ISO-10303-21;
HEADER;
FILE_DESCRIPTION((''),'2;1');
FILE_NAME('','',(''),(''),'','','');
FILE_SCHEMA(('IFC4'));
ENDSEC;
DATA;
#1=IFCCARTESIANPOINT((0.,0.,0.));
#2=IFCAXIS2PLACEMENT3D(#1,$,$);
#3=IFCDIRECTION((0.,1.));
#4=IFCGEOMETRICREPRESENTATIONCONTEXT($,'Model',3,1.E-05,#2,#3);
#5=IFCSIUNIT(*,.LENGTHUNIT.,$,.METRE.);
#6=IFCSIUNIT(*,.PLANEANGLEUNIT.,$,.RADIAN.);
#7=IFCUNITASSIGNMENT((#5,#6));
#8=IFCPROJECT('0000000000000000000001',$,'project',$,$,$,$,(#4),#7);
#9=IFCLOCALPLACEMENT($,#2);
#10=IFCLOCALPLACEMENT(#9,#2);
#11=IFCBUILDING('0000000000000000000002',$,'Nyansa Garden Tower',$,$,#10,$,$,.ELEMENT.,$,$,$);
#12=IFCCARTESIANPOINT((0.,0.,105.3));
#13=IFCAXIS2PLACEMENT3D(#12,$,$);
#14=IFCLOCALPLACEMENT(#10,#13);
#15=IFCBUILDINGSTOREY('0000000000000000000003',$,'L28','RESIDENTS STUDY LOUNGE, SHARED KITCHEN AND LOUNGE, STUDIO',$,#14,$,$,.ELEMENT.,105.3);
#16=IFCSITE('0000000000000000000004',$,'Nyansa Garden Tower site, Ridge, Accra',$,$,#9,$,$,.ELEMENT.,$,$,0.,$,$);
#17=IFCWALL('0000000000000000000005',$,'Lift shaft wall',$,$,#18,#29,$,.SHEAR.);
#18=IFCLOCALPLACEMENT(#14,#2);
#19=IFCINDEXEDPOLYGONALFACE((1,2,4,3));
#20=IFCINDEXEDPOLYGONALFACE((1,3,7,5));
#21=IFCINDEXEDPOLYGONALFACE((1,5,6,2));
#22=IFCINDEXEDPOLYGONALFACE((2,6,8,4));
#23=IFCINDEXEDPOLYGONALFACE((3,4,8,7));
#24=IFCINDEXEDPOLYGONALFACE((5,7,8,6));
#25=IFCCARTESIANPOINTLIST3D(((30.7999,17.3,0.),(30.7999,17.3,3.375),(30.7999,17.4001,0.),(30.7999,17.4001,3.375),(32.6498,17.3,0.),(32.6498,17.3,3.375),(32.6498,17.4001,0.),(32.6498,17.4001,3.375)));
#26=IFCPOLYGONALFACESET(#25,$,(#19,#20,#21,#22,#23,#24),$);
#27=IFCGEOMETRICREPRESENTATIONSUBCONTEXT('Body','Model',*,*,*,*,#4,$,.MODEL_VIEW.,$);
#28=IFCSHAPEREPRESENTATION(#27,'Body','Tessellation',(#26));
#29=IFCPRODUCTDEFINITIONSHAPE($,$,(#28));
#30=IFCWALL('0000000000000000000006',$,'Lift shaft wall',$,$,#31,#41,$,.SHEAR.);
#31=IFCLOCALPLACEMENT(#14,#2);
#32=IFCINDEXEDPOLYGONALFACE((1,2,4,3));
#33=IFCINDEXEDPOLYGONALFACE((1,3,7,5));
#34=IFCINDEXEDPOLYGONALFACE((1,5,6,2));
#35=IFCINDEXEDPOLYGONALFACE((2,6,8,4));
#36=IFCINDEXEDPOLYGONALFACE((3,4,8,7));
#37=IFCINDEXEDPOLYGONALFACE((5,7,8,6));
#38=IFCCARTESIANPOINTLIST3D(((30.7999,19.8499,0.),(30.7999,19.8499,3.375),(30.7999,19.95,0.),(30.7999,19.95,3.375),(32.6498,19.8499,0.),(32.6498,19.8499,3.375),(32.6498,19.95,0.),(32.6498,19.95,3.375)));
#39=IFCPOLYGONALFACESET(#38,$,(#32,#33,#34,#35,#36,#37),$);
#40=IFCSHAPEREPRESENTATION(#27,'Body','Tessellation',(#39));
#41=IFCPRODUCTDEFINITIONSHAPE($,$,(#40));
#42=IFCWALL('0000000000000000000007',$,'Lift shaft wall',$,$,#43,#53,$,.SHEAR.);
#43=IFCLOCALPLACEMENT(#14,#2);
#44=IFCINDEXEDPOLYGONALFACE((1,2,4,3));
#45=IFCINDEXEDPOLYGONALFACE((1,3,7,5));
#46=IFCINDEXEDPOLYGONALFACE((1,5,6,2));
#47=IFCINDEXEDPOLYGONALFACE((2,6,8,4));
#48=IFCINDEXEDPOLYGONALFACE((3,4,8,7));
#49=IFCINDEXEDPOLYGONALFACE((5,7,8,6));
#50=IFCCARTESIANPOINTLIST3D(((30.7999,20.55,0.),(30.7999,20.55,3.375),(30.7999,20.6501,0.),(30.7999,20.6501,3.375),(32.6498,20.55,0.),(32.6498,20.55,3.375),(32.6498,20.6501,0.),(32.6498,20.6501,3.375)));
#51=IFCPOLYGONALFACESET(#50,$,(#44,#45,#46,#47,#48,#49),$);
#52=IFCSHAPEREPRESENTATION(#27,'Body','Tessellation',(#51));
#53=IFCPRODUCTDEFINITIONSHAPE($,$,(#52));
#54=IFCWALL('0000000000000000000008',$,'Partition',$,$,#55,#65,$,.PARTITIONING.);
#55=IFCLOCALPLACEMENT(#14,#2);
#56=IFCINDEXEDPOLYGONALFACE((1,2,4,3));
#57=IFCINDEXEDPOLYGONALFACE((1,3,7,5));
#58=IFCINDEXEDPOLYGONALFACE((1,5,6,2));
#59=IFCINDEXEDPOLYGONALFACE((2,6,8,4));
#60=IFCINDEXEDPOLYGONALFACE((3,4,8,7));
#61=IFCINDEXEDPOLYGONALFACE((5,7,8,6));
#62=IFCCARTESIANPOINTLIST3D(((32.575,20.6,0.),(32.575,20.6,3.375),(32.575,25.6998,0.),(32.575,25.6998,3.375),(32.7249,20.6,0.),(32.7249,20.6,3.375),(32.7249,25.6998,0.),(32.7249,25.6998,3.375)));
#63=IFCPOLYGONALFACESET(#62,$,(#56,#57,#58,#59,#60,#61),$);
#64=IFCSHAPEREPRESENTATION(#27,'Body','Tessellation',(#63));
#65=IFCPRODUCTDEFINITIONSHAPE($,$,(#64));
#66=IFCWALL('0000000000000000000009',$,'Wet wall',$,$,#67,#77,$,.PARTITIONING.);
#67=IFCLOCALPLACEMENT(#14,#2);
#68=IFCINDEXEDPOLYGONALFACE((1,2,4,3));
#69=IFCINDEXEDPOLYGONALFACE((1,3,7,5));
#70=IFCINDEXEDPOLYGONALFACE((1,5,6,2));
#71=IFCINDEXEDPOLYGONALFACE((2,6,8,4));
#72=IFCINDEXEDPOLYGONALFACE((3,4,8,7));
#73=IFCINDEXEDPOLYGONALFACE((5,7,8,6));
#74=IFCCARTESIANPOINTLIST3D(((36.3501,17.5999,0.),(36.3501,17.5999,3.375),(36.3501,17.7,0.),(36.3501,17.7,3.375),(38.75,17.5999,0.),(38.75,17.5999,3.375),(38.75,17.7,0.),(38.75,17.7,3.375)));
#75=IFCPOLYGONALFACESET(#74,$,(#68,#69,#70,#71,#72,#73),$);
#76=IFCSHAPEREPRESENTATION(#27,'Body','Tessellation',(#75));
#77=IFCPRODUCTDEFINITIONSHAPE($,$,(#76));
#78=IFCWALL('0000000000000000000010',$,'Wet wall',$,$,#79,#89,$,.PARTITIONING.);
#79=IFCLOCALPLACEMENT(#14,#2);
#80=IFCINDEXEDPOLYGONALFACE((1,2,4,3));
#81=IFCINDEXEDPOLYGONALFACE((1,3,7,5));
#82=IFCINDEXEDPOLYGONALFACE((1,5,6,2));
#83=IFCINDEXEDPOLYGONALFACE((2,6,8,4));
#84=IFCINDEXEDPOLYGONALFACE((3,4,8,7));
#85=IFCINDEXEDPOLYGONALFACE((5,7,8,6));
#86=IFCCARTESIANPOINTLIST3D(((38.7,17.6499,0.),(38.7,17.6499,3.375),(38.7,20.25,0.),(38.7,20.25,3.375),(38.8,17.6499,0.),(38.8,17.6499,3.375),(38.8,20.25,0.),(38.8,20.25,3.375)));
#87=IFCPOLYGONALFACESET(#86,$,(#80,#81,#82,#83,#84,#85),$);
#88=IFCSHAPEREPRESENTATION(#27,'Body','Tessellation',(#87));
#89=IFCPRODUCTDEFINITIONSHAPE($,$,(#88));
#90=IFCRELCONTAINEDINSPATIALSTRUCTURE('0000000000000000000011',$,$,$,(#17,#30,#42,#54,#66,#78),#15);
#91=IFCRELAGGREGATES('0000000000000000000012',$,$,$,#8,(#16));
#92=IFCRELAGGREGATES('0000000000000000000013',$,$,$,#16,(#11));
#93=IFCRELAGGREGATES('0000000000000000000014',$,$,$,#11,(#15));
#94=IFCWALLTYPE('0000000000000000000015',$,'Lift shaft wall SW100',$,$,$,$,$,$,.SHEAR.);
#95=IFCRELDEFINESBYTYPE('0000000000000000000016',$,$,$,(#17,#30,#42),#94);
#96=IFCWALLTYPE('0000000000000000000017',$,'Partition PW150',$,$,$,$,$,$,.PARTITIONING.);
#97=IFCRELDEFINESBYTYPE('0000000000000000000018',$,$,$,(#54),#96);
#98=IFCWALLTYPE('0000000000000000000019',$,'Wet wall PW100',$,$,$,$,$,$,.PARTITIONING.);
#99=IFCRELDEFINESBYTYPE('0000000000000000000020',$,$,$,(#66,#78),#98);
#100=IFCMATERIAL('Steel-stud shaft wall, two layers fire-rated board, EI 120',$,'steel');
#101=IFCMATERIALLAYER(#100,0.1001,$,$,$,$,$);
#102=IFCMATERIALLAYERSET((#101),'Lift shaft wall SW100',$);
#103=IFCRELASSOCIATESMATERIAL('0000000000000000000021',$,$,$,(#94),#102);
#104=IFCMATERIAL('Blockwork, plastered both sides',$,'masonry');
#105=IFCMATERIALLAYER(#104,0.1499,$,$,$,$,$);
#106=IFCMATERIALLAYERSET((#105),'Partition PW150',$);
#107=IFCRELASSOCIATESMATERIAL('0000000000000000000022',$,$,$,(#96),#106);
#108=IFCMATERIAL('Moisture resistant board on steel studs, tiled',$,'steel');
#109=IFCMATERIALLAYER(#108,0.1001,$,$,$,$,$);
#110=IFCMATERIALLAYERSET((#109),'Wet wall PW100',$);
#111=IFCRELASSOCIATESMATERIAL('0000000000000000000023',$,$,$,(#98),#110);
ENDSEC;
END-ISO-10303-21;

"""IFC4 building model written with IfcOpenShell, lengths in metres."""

from ifc_helpers import new_model, si_unit, direction, frame, frame_2d, origin, place, context, subcontext, project, spatial, rectangle, extrude, material, layer, layer_set, type_object, element, save


model = new_model("IFC4")

# Units and contexts
model_context = context("Model", 3, precision=1e-05, world=origin(), true_north=direction((0.0, 1.0)))
body_context = subcontext(model_context, "Body", "Model", "MODEL_VIEW")
ifc_project = project(units=[si_unit("LENGTHUNIT", "METRE"), si_unit("PLANEANGLEUNIT", "RADIAN")], contexts=[model_context])

# Site, building, storey
site_placement = place(None, origin())
site = spatial("IfcSite", under=ifc_project, at=site_placement, Name="Nyansa Garden Tower site, Ridge, Accra", CompositionType="ELEMENT", RefElevation=0.0)
building_placement = place(site_placement, origin())
building = spatial("IfcBuilding", under=site, at=building_placement, Name="Nyansa Garden Tower", CompositionType="ELEMENT")
storey_placement = place(building_placement, frame((0.0, 0.0, 105.3)))
storey = spatial("IfcBuildingStorey", under=building, at=storey_placement, Name="L28", Description="RESIDENTS STUDY LOUNGE, SHARED KITCHEN AND LOUNGE, STUDIO", CompositionType="ELEMENT", Elevation=105.3)

# Walls
ifc_material_1 = material(Name="Steel-stud shaft wall, two layers fire-rated board, EI 120", Category="steel")
ifc_layer_1 = layer(ifc_material_1, 0.1001)
ifc_layer_set_1 = layer_set([ifc_layer_1], Name="Lift shaft wall SW100")
wall_type_1 = type_object("IfcWallType", Name="Lift shaft wall SW100", PredefinedType="SHEAR", material=ifc_layer_set_1)
for number, where, z_axis, x_axis, name in (
    (1, (30.8, 17.3501, 0.0), (0.0, 0.0, 1.0), (1.0, 0.0, 0.0), "Lift shaft wall"),
    (2, (30.8, 19.8999, 0.0), (0.0, 0.0, 1.0), (1.0, 0.0, 0.0), "Lift shaft wall"),
    (3, (30.8, 20.6001, 0.0), (0.0, 0.0, 1.0), (1.0, 0.0, 0.0), "Lift shaft wall"),
):
    element("IfcWall", number, at=place(storey_placement, frame(where, z_axis=z_axis, x_axis=x_axis)), inside=storey, type_object=wall_type_1, Name=name, PredefinedType="SHEAR", context=body_context, shape_type="SweptSolid", body=[
        extrude(rectangle(XDim=1.8499, YDim=0.1001, at=frame_2d((0.9248, 0.0))), origin(), (0.0, 0.0, 1.0), 3.375),
    ])
ifc_material_2 = material(Name="Blockwork, plastered both sides", Category="masonry")
ifc_layer_2 = layer(ifc_material_2, 0.1499)
ifc_layer_set_2 = layer_set([ifc_layer_2], Name="Partition PW150")
wall_type_2 = type_object("IfcWallType", Name="Partition PW150", PredefinedType="PARTITIONING", material=ifc_layer_set_2)
wall_1_placement = place(storey_placement, frame((32.6499, 20.6001, 0.0), z_axis=(0.0, 0.0, 1.0), x_axis=(0.0, 1.0, 0.0)))
element("IfcWall", 4, at=wall_1_placement, inside=storey, type_object=wall_type_2, Name="Partition", PredefinedType="PARTITIONING", context=body_context, shape_type="SweptSolid", body=[
    extrude(rectangle(XDim=5.0999, YDim=0.1499, at=frame_2d((2.5498, 0.0))), origin(), (0.0, 0.0, 1.0), 3.375),
])
ifc_material_3 = material(Name="Moisture resistant board on steel studs, tiled", Category="steel")
ifc_layer_3 = layer(ifc_material_3, 0.1001)
ifc_layer_set_3 = layer_set([ifc_layer_3], Name="Wet wall PW100")
wall_type_3 = type_object("IfcWallType", Name="Wet wall PW100", PredefinedType="PARTITIONING", material=ifc_layer_set_3)
wall_2_placement = place(storey_placement, frame((36.3501, 17.6499, 0.0), z_axis=(0.0, 0.0, 1.0), x_axis=(1.0, 0.0, 0.0)))
element("IfcWall", 5, at=wall_2_placement, inside=storey, type_object=wall_type_3, Name="Wet wall", PredefinedType="PARTITIONING", context=body_context, shape_type="SweptSolid", body=[
    extrude(rectangle(XDim=2.3999, YDim=0.1001, at=frame_2d((1.2, 0.0))), origin(), (0.0, 0.0, 1.0), 3.375),
])
wall_3_placement = place(storey_placement, frame((38.75, 17.6499, 0.0), z_axis=(0.0, 0.0, 1.0), x_axis=(0.0, 1.0, 0.0)))
element("IfcWall", 6, at=wall_3_placement, inside=storey, type_object=wall_type_3, Name="Wet wall", PredefinedType="PARTITIONING", context=body_context, shape_type="SweptSolid", body=[
    extrude(rectangle(XDim=2.6001, YDim=0.1001, at=frame_2d((1.3, 0.0))), origin(), (0.0, 0.0, 1.0), 3.375),
])

save(model, "model.ifc")
